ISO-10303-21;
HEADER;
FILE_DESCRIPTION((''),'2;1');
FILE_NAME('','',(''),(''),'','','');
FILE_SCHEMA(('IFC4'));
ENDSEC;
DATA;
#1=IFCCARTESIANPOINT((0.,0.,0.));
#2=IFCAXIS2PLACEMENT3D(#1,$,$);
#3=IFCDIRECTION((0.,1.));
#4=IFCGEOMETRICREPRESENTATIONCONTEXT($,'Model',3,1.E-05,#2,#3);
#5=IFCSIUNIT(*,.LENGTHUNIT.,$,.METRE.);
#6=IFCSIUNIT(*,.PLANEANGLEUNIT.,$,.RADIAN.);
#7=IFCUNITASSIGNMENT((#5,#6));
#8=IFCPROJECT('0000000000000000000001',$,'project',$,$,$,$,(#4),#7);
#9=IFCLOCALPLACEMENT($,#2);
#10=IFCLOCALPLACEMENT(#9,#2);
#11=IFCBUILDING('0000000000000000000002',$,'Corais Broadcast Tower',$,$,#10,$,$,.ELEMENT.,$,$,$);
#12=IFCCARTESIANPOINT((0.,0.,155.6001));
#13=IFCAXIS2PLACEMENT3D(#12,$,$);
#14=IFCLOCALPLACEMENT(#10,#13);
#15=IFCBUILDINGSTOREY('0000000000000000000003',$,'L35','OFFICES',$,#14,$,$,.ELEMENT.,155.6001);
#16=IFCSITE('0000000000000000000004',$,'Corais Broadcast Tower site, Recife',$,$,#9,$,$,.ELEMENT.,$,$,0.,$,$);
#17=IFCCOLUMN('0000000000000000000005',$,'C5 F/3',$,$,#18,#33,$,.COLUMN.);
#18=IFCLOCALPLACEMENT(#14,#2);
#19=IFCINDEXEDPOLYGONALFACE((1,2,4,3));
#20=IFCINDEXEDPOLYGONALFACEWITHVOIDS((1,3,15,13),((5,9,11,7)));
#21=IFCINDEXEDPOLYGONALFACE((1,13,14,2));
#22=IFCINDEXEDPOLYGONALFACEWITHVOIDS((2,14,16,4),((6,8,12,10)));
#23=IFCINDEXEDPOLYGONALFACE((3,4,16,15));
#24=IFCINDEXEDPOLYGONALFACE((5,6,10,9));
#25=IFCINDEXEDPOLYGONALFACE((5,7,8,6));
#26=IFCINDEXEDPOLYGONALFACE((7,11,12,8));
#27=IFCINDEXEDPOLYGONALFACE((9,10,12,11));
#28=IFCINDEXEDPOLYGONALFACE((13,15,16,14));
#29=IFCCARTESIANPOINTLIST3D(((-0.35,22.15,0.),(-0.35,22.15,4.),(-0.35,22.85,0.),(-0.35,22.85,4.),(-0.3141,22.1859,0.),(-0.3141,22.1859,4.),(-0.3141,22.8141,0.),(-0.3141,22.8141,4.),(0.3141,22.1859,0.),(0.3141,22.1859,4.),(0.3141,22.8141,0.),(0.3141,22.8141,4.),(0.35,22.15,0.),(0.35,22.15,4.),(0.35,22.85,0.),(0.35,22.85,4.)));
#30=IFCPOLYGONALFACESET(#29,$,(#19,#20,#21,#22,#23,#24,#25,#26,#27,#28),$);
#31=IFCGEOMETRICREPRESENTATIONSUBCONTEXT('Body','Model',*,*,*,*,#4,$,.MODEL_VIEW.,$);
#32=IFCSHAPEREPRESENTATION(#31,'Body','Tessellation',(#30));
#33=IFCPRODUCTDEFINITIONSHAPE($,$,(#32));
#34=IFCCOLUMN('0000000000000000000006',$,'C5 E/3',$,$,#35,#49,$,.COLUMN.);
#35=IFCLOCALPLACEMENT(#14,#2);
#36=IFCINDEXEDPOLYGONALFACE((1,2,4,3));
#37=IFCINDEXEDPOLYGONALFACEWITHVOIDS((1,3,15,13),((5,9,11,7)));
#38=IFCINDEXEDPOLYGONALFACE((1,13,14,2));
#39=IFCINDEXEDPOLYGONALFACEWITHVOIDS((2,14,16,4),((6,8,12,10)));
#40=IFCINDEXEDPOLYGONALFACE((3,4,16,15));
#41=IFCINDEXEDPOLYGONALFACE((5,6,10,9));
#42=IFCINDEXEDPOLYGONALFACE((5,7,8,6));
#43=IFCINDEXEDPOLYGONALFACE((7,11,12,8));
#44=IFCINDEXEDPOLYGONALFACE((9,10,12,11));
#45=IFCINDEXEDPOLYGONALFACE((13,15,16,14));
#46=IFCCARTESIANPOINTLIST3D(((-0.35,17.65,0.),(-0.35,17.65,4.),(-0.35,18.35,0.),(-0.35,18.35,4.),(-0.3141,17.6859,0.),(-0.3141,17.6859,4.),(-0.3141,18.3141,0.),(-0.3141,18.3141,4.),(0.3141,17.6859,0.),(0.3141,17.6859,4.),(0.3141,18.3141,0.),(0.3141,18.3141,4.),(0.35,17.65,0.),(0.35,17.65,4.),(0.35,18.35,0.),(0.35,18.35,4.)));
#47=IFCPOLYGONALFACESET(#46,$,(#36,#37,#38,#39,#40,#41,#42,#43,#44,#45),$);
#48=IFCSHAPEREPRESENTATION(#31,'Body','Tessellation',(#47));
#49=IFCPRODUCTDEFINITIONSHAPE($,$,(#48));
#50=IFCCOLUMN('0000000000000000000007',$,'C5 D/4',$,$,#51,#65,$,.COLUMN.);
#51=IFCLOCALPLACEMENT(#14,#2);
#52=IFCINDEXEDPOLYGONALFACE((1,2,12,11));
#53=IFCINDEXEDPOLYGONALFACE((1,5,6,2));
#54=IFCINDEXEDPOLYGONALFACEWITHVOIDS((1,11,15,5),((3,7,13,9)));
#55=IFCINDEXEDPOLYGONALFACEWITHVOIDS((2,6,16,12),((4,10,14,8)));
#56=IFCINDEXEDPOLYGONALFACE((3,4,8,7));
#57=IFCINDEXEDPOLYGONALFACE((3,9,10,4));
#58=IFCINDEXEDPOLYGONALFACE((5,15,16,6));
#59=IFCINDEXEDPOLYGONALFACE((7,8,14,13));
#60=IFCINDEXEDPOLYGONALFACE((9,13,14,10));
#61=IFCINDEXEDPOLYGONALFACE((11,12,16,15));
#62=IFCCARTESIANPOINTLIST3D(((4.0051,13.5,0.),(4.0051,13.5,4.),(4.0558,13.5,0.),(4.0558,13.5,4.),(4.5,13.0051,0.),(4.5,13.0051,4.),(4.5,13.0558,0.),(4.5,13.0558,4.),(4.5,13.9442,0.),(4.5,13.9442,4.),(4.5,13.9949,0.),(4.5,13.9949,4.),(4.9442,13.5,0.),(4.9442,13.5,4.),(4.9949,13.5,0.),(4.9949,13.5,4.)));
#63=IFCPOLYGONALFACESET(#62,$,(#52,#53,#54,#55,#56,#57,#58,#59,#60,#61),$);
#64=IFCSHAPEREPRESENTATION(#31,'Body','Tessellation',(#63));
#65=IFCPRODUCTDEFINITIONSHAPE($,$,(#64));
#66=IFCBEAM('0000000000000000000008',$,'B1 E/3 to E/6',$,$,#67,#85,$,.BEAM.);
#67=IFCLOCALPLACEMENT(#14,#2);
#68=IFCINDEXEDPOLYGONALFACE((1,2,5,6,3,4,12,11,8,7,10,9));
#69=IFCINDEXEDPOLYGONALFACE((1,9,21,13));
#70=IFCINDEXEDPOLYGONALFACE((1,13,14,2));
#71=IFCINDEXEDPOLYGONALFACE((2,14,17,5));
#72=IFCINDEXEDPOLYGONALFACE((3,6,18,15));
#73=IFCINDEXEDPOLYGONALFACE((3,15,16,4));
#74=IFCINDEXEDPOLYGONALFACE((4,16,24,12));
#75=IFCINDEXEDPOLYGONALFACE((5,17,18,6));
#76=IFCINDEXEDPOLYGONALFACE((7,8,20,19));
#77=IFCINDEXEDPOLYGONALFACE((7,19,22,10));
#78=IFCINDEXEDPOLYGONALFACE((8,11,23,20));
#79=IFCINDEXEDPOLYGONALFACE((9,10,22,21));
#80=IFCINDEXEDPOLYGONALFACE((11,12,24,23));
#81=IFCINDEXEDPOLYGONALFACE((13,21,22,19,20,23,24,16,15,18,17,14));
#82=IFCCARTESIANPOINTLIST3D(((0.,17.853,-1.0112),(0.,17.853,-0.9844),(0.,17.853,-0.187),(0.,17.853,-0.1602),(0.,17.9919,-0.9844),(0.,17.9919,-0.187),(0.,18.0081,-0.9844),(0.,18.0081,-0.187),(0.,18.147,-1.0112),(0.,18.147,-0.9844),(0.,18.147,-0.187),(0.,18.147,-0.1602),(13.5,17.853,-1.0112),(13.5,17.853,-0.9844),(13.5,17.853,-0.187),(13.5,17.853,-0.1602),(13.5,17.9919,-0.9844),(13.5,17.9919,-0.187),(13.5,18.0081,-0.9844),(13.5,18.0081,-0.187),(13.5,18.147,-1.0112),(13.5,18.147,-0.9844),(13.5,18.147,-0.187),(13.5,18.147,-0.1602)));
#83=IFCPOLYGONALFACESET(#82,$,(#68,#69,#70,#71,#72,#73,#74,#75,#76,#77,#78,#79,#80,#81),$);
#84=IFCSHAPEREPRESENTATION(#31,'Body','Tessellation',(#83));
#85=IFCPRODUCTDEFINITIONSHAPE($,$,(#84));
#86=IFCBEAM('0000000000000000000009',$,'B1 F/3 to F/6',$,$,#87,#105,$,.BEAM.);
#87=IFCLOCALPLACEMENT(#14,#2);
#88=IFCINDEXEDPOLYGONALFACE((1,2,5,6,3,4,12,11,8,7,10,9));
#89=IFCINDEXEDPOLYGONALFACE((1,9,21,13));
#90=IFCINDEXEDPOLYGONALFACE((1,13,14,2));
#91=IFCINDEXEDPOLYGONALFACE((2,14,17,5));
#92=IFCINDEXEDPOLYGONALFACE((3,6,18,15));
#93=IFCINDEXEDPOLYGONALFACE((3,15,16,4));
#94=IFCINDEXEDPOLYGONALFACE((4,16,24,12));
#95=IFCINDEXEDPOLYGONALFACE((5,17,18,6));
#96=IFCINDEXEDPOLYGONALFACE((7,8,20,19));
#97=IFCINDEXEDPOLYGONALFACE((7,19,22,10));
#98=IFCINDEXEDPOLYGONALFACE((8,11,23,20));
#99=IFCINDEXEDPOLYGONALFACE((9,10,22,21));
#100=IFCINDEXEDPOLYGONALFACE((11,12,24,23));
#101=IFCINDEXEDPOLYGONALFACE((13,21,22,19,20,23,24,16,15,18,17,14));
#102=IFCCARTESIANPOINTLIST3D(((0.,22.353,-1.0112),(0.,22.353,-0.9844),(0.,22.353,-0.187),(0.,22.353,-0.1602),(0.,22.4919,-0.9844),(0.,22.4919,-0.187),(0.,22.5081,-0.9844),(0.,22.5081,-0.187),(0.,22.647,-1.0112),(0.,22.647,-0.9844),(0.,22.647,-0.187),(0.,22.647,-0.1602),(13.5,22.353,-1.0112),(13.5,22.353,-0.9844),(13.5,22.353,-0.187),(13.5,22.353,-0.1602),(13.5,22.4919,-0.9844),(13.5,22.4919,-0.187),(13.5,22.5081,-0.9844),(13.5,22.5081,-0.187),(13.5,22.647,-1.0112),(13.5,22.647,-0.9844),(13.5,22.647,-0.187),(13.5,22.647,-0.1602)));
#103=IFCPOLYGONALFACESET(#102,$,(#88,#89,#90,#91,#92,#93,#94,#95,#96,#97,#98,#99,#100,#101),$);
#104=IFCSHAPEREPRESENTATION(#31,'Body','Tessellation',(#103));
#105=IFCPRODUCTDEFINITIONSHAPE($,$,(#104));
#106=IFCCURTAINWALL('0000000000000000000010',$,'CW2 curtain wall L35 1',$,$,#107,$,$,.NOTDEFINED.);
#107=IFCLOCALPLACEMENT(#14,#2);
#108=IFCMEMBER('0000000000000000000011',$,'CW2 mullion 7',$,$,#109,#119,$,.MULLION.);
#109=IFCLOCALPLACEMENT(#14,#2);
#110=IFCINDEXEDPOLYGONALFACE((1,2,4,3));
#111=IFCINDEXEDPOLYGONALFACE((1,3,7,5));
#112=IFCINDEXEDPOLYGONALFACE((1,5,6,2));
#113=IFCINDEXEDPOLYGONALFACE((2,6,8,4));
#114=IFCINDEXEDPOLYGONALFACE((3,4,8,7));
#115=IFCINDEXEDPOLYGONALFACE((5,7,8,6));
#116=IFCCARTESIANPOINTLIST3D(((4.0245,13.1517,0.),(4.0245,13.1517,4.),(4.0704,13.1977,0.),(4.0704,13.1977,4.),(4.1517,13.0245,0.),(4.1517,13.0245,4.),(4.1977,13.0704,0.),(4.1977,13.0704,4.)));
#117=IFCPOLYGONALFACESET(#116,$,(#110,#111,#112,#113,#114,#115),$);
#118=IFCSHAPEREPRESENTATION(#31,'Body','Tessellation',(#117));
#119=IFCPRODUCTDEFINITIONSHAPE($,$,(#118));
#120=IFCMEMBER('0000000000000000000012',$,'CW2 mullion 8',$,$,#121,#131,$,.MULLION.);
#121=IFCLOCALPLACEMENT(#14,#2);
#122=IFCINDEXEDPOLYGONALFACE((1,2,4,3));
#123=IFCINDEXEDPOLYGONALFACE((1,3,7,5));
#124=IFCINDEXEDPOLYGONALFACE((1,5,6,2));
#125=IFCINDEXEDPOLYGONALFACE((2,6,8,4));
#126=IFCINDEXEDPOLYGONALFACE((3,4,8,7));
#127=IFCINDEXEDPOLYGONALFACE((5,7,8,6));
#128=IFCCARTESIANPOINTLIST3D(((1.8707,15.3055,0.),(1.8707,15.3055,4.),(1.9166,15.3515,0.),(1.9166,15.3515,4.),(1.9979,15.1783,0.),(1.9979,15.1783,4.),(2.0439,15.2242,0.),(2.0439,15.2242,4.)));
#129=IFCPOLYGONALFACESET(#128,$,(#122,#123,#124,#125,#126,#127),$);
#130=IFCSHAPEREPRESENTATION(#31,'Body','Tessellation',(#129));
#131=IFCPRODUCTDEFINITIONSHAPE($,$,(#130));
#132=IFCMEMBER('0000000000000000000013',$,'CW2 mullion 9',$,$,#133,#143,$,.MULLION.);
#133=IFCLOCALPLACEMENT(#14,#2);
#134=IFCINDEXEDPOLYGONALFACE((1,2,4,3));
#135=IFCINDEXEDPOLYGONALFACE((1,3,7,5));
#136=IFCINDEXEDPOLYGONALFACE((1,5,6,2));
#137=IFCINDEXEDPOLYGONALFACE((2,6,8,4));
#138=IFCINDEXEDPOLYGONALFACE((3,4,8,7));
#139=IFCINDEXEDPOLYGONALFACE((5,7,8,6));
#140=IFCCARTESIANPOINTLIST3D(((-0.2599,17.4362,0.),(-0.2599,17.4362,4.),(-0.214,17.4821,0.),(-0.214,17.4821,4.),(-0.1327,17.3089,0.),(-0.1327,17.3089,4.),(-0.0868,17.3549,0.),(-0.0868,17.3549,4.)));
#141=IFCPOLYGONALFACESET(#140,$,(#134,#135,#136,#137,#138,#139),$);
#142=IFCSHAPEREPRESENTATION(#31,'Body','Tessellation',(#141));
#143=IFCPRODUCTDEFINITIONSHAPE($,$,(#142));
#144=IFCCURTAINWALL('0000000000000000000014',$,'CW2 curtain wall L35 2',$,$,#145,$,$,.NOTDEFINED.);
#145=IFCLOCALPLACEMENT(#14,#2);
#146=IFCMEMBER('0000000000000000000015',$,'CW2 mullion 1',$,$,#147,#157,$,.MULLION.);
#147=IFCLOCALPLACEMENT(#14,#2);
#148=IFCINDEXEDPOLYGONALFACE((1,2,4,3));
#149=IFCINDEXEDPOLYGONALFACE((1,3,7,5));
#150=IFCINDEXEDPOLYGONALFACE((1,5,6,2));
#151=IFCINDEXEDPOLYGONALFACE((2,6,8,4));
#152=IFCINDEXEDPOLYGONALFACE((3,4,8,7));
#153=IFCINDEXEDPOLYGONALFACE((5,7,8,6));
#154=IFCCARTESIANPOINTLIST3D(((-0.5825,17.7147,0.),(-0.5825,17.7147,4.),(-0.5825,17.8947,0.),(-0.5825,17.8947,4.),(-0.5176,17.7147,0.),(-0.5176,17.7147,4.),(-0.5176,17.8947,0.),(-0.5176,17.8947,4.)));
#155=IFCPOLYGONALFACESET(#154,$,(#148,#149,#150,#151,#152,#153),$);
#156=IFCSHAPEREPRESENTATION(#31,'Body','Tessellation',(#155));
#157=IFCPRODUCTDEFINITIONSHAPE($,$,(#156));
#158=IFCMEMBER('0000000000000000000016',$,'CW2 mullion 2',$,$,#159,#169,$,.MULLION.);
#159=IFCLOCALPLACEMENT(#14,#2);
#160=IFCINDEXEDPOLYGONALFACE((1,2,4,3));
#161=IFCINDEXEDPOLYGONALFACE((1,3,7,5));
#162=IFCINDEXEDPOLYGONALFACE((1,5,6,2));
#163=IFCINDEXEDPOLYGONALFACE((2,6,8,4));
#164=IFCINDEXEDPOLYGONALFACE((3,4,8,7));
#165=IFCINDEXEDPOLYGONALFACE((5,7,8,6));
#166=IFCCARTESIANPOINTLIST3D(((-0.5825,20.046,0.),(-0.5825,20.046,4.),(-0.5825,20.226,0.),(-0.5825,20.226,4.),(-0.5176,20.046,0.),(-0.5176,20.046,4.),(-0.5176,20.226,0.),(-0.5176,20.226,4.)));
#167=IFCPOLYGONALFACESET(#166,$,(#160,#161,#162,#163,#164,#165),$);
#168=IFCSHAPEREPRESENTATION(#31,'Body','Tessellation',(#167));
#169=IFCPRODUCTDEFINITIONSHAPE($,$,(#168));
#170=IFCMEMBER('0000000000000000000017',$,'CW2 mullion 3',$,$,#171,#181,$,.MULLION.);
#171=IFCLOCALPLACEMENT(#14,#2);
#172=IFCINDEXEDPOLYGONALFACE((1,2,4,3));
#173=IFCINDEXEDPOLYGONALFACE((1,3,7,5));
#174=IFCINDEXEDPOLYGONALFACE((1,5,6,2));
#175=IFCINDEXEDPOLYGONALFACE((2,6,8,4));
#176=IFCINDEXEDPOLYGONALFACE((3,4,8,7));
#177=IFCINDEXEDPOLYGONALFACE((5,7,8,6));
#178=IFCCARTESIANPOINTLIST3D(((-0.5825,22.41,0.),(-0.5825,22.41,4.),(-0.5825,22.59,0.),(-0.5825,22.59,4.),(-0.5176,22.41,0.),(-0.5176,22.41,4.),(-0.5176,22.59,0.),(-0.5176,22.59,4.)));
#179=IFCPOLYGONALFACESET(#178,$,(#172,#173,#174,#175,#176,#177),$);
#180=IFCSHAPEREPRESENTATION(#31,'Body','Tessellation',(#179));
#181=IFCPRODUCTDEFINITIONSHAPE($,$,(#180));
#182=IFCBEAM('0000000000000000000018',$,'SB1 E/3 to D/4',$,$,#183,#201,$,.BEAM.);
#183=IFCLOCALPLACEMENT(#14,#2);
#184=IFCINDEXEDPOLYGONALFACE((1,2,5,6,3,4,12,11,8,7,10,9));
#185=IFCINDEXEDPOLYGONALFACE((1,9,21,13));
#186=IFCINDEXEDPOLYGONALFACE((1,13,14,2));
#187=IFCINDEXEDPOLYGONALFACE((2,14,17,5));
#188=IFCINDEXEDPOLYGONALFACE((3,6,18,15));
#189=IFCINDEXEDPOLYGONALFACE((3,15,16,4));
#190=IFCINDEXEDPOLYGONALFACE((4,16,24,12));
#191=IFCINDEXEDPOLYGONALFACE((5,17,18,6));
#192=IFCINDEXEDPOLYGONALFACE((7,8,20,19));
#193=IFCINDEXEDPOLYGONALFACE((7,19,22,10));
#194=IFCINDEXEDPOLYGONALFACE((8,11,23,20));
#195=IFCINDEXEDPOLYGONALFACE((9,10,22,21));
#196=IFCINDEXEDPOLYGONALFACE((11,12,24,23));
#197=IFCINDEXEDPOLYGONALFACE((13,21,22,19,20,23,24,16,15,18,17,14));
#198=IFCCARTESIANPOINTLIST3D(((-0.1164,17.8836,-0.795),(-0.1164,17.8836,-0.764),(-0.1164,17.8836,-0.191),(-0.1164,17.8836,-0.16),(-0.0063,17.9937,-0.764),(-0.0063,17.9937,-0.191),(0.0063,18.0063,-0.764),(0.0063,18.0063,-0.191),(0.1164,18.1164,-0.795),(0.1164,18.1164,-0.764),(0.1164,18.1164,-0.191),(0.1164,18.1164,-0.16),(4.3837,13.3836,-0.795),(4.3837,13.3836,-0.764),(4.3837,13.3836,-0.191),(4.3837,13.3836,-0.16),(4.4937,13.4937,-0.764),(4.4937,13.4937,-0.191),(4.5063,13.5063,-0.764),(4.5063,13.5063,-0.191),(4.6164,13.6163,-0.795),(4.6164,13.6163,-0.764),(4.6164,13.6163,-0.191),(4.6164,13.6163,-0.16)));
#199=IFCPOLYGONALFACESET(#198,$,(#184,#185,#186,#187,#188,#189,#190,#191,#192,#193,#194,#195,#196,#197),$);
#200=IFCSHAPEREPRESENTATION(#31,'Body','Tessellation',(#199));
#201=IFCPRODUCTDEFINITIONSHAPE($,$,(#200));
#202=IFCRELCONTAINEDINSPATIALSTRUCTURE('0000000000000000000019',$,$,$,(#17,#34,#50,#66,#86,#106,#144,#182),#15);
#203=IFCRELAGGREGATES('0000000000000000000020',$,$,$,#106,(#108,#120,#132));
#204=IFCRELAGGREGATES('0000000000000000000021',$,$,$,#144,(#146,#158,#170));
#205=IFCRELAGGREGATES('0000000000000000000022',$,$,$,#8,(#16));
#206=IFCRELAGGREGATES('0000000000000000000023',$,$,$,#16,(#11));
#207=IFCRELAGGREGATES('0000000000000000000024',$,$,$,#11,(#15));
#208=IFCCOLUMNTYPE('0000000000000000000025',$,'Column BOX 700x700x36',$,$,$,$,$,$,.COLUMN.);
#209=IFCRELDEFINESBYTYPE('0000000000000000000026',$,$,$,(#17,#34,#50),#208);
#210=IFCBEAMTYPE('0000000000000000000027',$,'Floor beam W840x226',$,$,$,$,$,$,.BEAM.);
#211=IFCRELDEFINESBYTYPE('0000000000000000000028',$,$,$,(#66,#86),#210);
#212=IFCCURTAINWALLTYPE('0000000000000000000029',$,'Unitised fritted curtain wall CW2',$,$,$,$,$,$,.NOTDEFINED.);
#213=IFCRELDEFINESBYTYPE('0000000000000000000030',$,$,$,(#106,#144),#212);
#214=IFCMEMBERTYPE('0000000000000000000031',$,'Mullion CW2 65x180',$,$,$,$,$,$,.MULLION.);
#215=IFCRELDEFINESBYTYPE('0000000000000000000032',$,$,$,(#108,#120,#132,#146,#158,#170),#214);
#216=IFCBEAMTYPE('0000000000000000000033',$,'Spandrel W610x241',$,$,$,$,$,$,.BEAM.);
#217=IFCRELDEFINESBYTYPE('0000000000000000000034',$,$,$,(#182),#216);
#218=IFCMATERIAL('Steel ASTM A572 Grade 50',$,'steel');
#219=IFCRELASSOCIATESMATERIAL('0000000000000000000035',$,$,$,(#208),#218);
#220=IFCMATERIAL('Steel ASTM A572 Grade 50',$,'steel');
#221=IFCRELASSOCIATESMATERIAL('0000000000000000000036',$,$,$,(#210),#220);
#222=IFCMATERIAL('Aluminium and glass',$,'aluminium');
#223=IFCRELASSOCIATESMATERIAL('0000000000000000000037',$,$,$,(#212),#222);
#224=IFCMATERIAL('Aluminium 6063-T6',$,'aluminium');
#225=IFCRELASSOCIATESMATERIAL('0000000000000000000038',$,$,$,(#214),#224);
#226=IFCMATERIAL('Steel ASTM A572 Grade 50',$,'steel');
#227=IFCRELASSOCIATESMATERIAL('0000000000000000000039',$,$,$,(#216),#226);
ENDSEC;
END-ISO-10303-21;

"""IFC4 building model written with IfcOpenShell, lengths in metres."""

from ifc_helpers import new_model, si_unit, direction, frame, origin, origin_2d, place, context, subcontext, project, spatial, rectangle, hollow_rectangle, i_section, extrude, material, material_profile, profile_set, type_object, element, aggregate, save


model = new_model("IFC4")

# Units and contexts
model_context = context("Model", 3, precision=1e-05, world=origin(), true_north=direction((0.0, 1.0)))
body_context = subcontext(model_context, "Body", "Model", "MODEL_VIEW")
ifc_project = project(units=[si_unit("LENGTHUNIT", "METRE"), si_unit("PLANEANGLEUNIT", "RADIAN")], contexts=[model_context])

# Site, building, storey
site_placement = place(None, origin())
site = spatial("IfcSite", under=ifc_project, at=site_placement, Name="Corais Broadcast Tower site, Recife", CompositionType="ELEMENT", RefElevation=0.0)
building_placement = place(site_placement, origin())
building = spatial("IfcBuilding", under=site, at=building_placement, Name="Corais Broadcast Tower", CompositionType="ELEMENT")
storey_placement = place(building_placement, frame((0.0, 0.0, 155.6001)))
storey = spatial("IfcBuildingStorey", under=building, at=storey_placement, Name="L35", Description="OFFICES", CompositionType="ELEMENT", Elevation=155.6001)

# Columns
ifc_material_1 = material(Name="Steel ASTM A572 Grade 50", Category="steel")
ifc_material_profile_1 = material_profile(ifc_material_1, hollow_rectangle(XDim=0.7, YDim=0.7, WallThickness=0.0359, at=origin_2d()), Name="BOX 700x700x36")
ifc_profile_set_1 = profile_set([ifc_material_profile_1], Name="Steel ASTM A572 Grade 50")
column_type = type_object("IfcColumnType", Name="Column BOX 700x700x36", PredefinedType="COLUMN", material=ifc_profile_set_1)
for number, where, z_axis, x_axis, name in (
    (1, (0.0, 22.5, 0.0), (0.0, 0.0, 1.0), (1.0, 0.0, 0.0), "C5 F/3"),
    (2, (0.0, 18.0, 0.0), (0.0, 0.0, 1.0), (1.0, 0.0, 0.0), "C5 E/3"),
    (3, (4.5, 13.5, 0.0), (0.0, 0.0, 1.0), (0.707107, 0.707107, 0.0), "C5 D/4"),
):
    element("IfcColumn", number, at=place(storey_placement, frame(where, z_axis=z_axis, x_axis=x_axis)), inside=storey, type_object=column_type, Name=name, PredefinedType="COLUMN", context=body_context, shape_type="SweptSolid", body=[
        extrude(hollow_rectangle(XDim=0.7, YDim=0.7, WallThickness=0.0359, at=origin_2d()), origin(), (0.0, 0.0, 1.0), 4.0),
    ])

# Beams
ifc_material_2 = material(Name="Steel ASTM A572 Grade 50", Category="steel")
ifc_material_profile_2 = material_profile(ifc_material_2, i_section(OverallWidth=0.2939, OverallDepth=0.8511, WebThickness=0.0161, FlangeThickness=0.0269, at=origin_2d()), Name="W840x226")
ifc_profile_set_2 = profile_set([ifc_material_profile_2], Name="Steel ASTM A572 Grade 50")
beam_type_1 = type_object("IfcBeamType", Name="Floor beam W840x226", PredefinedType="BEAM", material=ifc_profile_set_2)
for number, where, z_axis, x_axis, name in (
    (4, (0.0, 18.0, -0.5857), (1.0, 0.0, 0.0), (0.0, 1.0, 0.0), "B1 E/3 to E/6"),
    (5, (0.0, 22.5, -0.5857), (1.0, 0.0, 0.0), (0.0, 1.0, 0.0), "B1 F/3 to F/6"),
):
    element("IfcBeam", number, at=place(storey_placement, frame(where, z_axis=z_axis, x_axis=x_axis)), inside=storey, type_object=beam_type_1, Name=name, PredefinedType="BEAM", context=body_context, shape_type="SweptSolid", body=[
        extrude(i_section(OverallWidth=0.2939, OverallDepth=0.8511, WebThickness=0.0161, FlangeThickness=0.0269, at=origin_2d()), origin(), (0.0, 0.0, 1.0), 13.5),
    ])

# Curtain walls, members
ifc_material_3 = material(Name="Aluminium and glass", Category="aluminium")
curtain_wall_type = type_object("IfcCurtainWallType", Name="Unitised fritted curtain wall CW2", PredefinedType="NOTDEFINED", material=ifc_material_3)
curtain_wall_1_placement = place(storey_placement, origin())
curtain_wall_1 = element("IfcCurtainWall", 6, at=curtain_wall_1_placement, inside=storey, type_object=curtain_wall_type, Name="CW2 curtain wall L35 1", PredefinedType="NOTDEFINED")
ifc_material_4 = material(Name="Aluminium 6063-T6", Category="aluminium")
ifc_material_profile_3 = material_profile(ifc_material_4, rectangle(XDim=0.0649, YDim=0.1799, at=origin_2d()), Name="Mullion CW2 65x180")
ifc_profile_set_3 = profile_set([ifc_material_profile_3], Name="Aluminium 6063-T6")
member_type_1 = type_object("IfcMemberType", Name="Mullion CW2 65x180", PredefinedType="MULLION", material=ifc_profile_set_3)
member_1_placement = place(storey_placement, frame((4.1111, 13.1111, 0.0), z_axis=(0.0, 0.0, 1.0), x_axis=(-0.707107, -0.707107, 0.0)))
member_1 = element("IfcMember", 7, at=member_1_placement, type_object=member_type_1, Name="CW2 mullion 7", PredefinedType="MULLION", context=body_context, shape_type="SweptSolid", body=[
    extrude(rectangle(XDim=0.0649, YDim=0.1799, at=origin_2d()), origin(), (0.0, 0.0, 1.0), 4.0),
])
member_2_placement = place(storey_placement, frame((1.9573, 15.2649, 0.0), z_axis=(0.0, 0.0, 1.0), x_axis=(-0.707107, -0.707107, 0.0)))
member_2 = element("IfcMember", 8, at=member_2_placement, type_object=member_type_1, Name="CW2 mullion 8", PredefinedType="MULLION", context=body_context, shape_type="SweptSolid", body=[
    extrude(rectangle(XDim=0.0649, YDim=0.1799, at=origin_2d()), origin(), (0.0, 0.0, 1.0), 4.0),
])
member_3_placement = place(storey_placement, frame((-0.1733, 17.3955, 0.0), z_axis=(0.0, 0.0, 1.0), x_axis=(-0.707107, -0.707107, 0.0)))
member_3 = element("IfcMember", 9, at=member_3_placement, type_object=member_type_1, Name="CW2 mullion 9", PredefinedType="MULLION", context=body_context, shape_type="SweptSolid", body=[
    extrude(rectangle(XDim=0.0649, YDim=0.1799, at=origin_2d()), origin(), (0.0, 0.0, 1.0), 4.0),
])
curtain_wall_2_placement = place(storey_placement, origin())
curtain_wall_2 = element("IfcCurtainWall", 10, at=curtain_wall_2_placement, inside=storey, type_object=curtain_wall_type, Name="CW2 curtain wall L35 2", PredefinedType="NOTDEFINED")
member_4_placement = place(storey_placement, frame((-0.55, 17.8047, 0.0), z_axis=(0.0, 0.0, 1.0), x_axis=(-1.0, 0.0, 0.0)))
member_4 = element("IfcMember", 11, at=member_4_placement, type_object=member_type_1, Name="CW2 mullion 1", PredefinedType="MULLION", context=body_context, shape_type="SweptSolid", body=[
    extrude(rectangle(XDim=0.0649, YDim=0.1799, at=origin_2d()), origin(), (0.0, 0.0, 1.0), 4.0),
])
member_5_placement = place(storey_placement, frame((-0.55, 20.136, 0.0), z_axis=(0.0, 0.0, 1.0), x_axis=(-1.0, 0.0, 0.0)))
member_5 = element("IfcMember", 12, at=member_5_placement, type_object=member_type_1, Name="CW2 mullion 2", PredefinedType="MULLION", context=body_context, shape_type="SweptSolid", body=[
    extrude(rectangle(XDim=0.0649, YDim=0.1799, at=origin_2d()), origin(), (0.0, 0.0, 1.0), 4.0),
])
member_6_placement = place(storey_placement, frame((-0.55, 22.5, 0.0), z_axis=(0.0, 0.0, 1.0), x_axis=(-1.0, 0.0, 0.0)))
member_6 = element("IfcMember", 13, at=member_6_placement, type_object=member_type_1, Name="CW2 mullion 3", PredefinedType="MULLION", context=body_context, shape_type="SweptSolid", body=[
    extrude(rectangle(XDim=0.0649, YDim=0.1799, at=origin_2d()), origin(), (0.0, 0.0, 1.0), 4.0),
])

# Beam
ifc_material_5 = material(Name="Steel ASTM A572 Grade 50", Category="steel")
ifc_material_profile_4 = material_profile(ifc_material_5, i_section(OverallWidth=0.3291, OverallDepth=0.635, WebThickness=0.0178, FlangeThickness=0.031, at=origin_2d()), Name="W610x241")
ifc_profile_set_4 = profile_set([ifc_material_profile_4], Name="Steel ASTM A572 Grade 50")
beam_type_2 = type_object("IfcBeamType", Name="Spandrel W610x241", PredefinedType="BEAM", material=ifc_profile_set_4)
beam_1_placement = place(storey_placement, frame((0.0, 18.0, -0.4775), z_axis=(0.707107, -0.707107, 0.0), x_axis=(0.707107, 0.707107, 0.0)))
element("IfcBeam", 14, at=beam_1_placement, inside=storey, type_object=beam_type_2, Name="SB1 E/3 to D/4", PredefinedType="BEAM", context=body_context, shape_type="SweptSolid", body=[
    extrude(i_section(OverallWidth=0.3291, OverallDepth=0.635, WebThickness=0.0178, FlangeThickness=0.031, at=origin_2d()), origin(), (0.0, 0.0, 1.0), 6.364),
])

aggregate(curtain_wall_1, [member_1, member_2, member_3])
aggregate(curtain_wall_2, [member_4, member_5, member_6])

save(model, "model.ifc")
